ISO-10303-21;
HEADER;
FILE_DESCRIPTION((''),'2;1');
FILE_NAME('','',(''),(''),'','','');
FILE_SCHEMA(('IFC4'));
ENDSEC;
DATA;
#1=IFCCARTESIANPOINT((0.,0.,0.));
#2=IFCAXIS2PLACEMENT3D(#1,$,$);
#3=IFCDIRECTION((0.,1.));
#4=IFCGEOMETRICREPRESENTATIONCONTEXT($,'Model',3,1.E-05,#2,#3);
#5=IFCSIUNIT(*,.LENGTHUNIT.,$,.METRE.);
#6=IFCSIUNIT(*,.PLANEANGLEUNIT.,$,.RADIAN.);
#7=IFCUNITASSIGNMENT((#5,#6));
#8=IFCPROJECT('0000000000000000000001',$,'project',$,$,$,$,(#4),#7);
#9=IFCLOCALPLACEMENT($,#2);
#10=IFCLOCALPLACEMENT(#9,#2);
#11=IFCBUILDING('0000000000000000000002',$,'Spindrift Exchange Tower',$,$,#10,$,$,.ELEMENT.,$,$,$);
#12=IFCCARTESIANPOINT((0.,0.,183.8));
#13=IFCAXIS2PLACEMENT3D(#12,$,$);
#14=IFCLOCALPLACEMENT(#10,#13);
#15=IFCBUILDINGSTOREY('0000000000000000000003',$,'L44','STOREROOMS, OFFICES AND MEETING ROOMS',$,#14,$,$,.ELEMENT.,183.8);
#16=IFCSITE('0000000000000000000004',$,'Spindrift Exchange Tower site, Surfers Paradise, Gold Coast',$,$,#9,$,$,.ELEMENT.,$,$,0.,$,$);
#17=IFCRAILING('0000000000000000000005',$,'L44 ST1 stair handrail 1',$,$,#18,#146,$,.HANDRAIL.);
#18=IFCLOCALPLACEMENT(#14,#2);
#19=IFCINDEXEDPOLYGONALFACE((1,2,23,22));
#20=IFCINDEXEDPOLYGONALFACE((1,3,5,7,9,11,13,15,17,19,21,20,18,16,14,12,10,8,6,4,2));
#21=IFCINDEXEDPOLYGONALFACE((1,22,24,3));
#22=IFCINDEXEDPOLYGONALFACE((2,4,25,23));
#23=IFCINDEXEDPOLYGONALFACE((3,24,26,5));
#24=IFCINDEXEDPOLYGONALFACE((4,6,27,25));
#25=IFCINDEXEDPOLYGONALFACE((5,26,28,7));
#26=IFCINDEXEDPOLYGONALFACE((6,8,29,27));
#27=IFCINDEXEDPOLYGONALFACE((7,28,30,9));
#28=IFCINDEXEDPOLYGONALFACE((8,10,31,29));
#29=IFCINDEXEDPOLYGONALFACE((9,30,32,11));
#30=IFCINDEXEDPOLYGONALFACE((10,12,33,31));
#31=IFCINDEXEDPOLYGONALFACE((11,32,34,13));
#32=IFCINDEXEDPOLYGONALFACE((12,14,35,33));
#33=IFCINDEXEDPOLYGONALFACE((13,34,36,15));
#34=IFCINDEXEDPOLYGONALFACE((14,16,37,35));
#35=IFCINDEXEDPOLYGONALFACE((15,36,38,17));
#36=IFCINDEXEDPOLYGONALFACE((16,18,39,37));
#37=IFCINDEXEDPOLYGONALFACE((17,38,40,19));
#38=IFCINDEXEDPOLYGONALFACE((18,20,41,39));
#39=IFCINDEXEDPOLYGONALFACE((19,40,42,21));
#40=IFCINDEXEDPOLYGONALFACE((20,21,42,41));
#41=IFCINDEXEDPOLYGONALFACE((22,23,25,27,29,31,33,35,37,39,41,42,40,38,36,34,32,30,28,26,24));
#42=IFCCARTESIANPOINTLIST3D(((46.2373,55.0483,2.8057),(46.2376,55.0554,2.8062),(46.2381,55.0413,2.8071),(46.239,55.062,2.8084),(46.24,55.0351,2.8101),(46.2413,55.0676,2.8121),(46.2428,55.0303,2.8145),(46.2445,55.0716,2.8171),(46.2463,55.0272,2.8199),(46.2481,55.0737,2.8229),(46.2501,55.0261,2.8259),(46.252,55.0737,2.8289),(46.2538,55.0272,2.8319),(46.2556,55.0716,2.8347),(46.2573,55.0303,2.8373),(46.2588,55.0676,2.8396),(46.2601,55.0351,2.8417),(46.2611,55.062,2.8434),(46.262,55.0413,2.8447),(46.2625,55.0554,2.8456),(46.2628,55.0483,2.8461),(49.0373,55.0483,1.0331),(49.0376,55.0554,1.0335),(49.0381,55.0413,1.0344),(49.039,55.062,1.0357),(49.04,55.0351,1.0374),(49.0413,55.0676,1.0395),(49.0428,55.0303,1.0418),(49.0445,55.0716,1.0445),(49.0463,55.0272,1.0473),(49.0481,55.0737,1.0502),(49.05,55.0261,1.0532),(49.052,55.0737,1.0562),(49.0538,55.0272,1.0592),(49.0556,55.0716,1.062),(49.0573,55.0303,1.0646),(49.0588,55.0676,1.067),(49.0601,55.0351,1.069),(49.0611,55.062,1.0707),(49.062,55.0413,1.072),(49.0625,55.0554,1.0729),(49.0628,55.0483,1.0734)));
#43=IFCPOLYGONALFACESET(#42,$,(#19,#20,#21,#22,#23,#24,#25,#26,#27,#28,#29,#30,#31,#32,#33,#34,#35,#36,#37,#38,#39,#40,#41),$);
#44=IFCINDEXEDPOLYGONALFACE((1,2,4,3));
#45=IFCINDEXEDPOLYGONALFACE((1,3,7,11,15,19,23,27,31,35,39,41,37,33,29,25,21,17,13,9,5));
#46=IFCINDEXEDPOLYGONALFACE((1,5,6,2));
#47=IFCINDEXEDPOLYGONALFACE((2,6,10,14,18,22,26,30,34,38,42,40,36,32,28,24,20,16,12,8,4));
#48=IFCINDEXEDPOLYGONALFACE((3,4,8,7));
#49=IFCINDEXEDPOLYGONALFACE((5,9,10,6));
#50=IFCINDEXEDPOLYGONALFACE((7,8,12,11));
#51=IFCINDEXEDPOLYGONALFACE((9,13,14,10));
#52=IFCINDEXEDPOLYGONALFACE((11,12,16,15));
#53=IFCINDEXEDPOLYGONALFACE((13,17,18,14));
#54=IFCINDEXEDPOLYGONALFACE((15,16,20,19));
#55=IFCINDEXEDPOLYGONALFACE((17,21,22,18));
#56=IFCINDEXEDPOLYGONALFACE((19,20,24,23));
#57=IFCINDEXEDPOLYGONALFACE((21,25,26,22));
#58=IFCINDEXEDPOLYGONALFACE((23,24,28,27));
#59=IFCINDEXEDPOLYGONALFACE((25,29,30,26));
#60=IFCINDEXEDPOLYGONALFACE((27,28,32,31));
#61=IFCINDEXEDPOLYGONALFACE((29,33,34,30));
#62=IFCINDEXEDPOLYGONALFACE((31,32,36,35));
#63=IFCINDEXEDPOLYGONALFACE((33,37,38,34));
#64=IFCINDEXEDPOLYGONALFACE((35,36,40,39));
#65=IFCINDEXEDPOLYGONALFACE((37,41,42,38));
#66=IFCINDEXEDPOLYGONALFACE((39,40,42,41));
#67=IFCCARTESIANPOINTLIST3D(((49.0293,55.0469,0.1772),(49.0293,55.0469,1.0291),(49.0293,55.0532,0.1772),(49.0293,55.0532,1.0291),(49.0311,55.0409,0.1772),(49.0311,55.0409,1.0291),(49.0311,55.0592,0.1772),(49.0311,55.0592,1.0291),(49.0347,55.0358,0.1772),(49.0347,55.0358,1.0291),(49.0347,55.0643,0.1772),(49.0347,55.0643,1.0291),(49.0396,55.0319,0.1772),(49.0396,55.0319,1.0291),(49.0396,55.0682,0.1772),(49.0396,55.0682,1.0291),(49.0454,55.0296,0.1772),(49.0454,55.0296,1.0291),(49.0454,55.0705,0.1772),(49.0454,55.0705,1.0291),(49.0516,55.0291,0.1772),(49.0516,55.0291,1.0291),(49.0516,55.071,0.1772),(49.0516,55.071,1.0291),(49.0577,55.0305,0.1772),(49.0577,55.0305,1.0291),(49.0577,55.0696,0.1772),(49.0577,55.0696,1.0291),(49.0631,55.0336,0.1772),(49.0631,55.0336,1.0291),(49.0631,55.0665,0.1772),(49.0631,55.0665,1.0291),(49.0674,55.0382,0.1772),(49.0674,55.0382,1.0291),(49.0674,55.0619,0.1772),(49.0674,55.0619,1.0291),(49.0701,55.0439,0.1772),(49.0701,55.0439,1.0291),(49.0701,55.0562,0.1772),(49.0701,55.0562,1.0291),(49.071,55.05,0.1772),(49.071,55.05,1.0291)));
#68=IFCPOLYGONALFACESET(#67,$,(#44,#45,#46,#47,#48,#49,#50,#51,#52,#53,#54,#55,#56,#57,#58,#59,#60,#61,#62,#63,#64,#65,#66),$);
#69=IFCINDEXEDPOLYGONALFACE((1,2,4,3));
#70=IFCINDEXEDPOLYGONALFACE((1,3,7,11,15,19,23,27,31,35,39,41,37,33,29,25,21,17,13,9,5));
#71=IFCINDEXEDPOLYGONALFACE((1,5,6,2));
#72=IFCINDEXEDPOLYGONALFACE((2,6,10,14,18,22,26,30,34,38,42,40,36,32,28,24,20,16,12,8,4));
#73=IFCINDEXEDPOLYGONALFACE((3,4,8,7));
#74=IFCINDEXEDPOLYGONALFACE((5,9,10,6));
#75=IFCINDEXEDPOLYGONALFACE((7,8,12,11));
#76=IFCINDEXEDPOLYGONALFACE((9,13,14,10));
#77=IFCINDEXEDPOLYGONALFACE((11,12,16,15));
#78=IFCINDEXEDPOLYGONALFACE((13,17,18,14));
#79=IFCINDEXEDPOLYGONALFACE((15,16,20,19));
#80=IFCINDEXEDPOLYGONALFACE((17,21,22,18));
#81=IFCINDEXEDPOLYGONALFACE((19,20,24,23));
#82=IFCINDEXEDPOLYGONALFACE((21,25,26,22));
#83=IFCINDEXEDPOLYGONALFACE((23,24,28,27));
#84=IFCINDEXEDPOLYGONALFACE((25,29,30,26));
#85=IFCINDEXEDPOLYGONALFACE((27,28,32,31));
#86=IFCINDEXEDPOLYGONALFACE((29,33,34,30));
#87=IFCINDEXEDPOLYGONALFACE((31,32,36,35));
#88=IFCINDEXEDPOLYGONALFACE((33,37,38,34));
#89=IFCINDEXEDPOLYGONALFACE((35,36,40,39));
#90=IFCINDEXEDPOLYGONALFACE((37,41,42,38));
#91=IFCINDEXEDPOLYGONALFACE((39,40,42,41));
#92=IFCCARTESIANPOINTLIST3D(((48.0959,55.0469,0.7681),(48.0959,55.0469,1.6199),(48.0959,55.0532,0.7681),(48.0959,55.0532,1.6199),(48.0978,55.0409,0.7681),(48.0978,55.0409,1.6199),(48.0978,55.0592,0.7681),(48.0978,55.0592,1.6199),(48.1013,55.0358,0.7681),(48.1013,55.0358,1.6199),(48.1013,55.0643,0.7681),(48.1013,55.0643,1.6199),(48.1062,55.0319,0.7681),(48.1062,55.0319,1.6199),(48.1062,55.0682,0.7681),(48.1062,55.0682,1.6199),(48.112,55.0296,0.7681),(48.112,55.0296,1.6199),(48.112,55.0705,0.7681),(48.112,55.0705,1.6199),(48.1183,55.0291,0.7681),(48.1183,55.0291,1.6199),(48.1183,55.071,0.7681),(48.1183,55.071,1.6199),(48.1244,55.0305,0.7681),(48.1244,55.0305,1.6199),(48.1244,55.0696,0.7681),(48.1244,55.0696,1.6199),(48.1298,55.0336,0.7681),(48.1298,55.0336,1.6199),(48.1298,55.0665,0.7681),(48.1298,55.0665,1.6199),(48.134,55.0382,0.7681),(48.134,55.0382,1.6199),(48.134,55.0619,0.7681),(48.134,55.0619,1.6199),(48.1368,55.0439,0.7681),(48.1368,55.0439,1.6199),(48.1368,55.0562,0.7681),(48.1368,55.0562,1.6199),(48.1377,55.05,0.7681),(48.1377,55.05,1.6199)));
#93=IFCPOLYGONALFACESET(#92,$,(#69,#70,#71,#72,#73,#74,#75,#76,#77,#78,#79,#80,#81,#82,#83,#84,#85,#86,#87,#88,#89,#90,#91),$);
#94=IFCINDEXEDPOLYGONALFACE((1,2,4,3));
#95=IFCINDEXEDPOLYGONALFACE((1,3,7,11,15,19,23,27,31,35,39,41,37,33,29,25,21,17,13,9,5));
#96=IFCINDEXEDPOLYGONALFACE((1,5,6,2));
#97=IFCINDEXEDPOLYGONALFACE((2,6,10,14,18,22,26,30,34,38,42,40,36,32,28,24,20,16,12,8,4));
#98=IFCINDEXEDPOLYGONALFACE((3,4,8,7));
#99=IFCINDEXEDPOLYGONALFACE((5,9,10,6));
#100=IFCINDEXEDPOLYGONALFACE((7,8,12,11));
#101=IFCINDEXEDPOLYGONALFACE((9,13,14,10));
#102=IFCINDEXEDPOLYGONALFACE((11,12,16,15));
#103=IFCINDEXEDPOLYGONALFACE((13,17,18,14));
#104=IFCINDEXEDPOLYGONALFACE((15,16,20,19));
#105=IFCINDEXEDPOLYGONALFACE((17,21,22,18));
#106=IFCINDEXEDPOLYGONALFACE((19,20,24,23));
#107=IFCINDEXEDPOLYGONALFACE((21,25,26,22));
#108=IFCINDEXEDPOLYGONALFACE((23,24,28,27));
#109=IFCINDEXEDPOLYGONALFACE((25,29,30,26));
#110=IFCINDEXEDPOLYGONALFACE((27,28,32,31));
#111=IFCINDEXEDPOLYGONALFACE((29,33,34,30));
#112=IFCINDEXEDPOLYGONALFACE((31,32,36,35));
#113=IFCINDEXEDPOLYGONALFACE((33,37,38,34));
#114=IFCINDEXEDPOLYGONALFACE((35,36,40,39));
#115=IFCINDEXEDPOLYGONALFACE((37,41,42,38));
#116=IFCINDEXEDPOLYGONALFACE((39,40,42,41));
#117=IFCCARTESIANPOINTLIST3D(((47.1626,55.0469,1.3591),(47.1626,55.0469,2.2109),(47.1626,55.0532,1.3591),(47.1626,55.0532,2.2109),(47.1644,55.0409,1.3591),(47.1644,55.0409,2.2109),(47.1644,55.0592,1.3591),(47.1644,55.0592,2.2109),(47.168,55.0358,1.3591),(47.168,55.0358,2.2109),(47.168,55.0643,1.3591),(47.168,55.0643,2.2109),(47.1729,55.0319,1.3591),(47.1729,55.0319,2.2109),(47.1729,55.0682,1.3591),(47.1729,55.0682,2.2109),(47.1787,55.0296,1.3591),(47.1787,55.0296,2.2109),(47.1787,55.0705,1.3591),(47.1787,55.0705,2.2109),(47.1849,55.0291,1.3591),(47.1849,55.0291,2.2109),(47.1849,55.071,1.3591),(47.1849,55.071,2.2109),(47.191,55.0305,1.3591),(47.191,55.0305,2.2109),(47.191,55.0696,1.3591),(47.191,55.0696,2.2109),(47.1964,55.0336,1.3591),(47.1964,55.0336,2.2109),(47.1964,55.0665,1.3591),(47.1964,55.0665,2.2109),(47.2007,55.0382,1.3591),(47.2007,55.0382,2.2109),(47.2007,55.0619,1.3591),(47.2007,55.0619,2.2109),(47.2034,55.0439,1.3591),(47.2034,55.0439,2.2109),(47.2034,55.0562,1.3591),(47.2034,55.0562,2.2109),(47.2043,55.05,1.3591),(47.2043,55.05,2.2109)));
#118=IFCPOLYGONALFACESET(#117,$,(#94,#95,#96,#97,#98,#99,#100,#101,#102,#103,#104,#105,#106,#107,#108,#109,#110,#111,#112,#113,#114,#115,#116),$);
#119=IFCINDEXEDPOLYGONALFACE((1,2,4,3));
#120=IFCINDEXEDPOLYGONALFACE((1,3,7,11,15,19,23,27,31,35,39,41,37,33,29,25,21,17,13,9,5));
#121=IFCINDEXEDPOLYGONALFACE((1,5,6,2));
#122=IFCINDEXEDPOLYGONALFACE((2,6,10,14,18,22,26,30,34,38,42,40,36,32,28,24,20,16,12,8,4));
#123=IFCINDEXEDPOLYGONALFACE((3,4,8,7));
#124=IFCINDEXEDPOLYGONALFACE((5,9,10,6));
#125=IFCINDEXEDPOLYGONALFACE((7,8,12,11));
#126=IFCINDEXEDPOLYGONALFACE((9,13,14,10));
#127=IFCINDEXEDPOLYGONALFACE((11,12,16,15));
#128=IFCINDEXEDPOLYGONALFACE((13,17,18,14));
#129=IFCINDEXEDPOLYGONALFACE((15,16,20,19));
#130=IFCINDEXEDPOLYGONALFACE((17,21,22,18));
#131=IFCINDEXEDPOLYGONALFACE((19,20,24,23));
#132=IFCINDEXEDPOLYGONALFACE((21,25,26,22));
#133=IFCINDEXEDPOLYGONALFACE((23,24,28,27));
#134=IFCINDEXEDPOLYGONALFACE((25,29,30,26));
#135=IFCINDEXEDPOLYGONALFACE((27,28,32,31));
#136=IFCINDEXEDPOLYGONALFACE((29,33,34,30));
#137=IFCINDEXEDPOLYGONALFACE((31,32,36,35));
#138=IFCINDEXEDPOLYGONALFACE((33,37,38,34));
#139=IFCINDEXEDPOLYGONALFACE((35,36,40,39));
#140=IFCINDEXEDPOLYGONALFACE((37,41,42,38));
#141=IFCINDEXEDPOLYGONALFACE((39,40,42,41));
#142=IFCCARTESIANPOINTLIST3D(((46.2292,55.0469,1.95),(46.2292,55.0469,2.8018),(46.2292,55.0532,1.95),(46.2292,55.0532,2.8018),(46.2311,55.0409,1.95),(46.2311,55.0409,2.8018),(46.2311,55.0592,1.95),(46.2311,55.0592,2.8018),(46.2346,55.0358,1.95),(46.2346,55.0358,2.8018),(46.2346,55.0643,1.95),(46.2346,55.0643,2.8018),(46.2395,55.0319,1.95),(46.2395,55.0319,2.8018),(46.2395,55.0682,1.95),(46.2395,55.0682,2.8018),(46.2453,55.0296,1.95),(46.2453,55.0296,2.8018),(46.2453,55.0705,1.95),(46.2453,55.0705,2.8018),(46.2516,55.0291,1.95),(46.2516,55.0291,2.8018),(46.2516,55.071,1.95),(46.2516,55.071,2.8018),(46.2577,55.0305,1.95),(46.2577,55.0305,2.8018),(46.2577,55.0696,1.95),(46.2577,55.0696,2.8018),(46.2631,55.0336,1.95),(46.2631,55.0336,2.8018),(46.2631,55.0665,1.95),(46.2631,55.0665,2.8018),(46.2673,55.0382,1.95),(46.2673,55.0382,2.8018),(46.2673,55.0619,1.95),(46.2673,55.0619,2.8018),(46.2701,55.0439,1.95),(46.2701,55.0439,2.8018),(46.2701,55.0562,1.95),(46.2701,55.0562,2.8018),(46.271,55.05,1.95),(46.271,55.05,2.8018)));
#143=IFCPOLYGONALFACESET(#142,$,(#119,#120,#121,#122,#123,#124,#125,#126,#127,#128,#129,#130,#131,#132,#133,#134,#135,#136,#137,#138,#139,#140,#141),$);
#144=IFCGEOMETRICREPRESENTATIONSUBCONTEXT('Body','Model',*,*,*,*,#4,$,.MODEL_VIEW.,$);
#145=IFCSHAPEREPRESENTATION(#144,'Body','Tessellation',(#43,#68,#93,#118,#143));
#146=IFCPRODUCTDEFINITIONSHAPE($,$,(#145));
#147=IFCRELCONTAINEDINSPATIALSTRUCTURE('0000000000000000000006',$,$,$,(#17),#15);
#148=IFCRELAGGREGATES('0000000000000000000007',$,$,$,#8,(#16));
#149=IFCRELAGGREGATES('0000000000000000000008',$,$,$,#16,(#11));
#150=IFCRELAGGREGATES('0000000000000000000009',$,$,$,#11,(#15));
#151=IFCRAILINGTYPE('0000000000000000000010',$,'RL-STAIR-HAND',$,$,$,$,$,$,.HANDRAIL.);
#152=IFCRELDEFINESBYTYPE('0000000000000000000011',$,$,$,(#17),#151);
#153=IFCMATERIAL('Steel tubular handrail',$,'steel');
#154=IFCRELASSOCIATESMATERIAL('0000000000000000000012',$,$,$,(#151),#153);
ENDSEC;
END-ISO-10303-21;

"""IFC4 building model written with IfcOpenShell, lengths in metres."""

from ifc_helpers import new_model, si_unit, direction, frame, origin, origin_2d, place, context, subcontext, project, spatial, circle, extrude, material, type_object, element, save


model = new_model("IFC4")

# Units and contexts
model_context = context("Model", 3, precision=1e-05, world=origin(), true_north=direction((0.0, 1.0)))
body_context = subcontext(model_context, "Body", "Model", "MODEL_VIEW")
ifc_project = project(units=[si_unit("LENGTHUNIT", "METRE"), si_unit("PLANEANGLEUNIT", "RADIAN")], contexts=[model_context])

# Site, building, storey
site_placement = place(None, origin())
site = spatial("IfcSite", under=ifc_project, at=site_placement, Name="Spindrift Exchange Tower site, Surfers Paradise, Gold Coast", CompositionType="ELEMENT", RefElevation=0.0)
building_placement = place(site_placement, origin())
building = spatial("IfcBuilding", under=site, at=building_placement, Name="Spindrift Exchange Tower", CompositionType="ELEMENT")
storey_placement = place(building_placement, frame((0.0, 0.0, 183.8)))
storey = spatial("IfcBuildingStorey", under=building, at=storey_placement, Name="L44", Description="STOREROOMS, OFFICES AND MEETING ROOMS", CompositionType="ELEMENT", Elevation=183.8)

# Railing
ifc_material_1 = material(Name="Steel tubular handrail", Category="steel")
railing_type_1 = type_object("IfcRailingType", Name="RL-STAIR-HAND", PredefinedType="HANDRAIL", material=ifc_material_1)
railing_1_placement = place(storey_placement, frame((49.05, 55.05, 0.1772)))
element("IfcRailing", 1, at=railing_1_placement, inside=storey, type_object=railing_type_1, Name="L44 ST1 stair handrail 1", PredefinedType="HANDRAIL", context=body_context, shape_type="SweptSolid", body=[
    extrude(circle(Radius=0.0239, at=origin_2d()), frame((0.0, 0.0, 0.876), z_axis=(-0.844909, 0.0, 0.53491), x_axis=(0.0, -1.0, 0.0)), (0.0, 0.0, 1.0), 3.314),
    extrude(circle(Radius=0.021, at=origin_2d()), origin(), (0.0, 0.0, 1.0), 0.8518),
    extrude(circle(Radius=0.021, at=origin_2d()), frame((-0.9333, 0.0, 0.5908)), (0.0, 0.0, 1.0), 0.8518),
    extrude(circle(Radius=0.021, at=origin_2d()), frame((-1.8667, 0.0, 1.1819)), (0.0, 0.0, 1.0), 0.8518),
    extrude(circle(Radius=0.021, at=origin_2d()), frame((-2.8, 0.0, 1.7727)), (0.0, 0.0, 1.0), 0.8518),
])

save(model, "model.ifc")
